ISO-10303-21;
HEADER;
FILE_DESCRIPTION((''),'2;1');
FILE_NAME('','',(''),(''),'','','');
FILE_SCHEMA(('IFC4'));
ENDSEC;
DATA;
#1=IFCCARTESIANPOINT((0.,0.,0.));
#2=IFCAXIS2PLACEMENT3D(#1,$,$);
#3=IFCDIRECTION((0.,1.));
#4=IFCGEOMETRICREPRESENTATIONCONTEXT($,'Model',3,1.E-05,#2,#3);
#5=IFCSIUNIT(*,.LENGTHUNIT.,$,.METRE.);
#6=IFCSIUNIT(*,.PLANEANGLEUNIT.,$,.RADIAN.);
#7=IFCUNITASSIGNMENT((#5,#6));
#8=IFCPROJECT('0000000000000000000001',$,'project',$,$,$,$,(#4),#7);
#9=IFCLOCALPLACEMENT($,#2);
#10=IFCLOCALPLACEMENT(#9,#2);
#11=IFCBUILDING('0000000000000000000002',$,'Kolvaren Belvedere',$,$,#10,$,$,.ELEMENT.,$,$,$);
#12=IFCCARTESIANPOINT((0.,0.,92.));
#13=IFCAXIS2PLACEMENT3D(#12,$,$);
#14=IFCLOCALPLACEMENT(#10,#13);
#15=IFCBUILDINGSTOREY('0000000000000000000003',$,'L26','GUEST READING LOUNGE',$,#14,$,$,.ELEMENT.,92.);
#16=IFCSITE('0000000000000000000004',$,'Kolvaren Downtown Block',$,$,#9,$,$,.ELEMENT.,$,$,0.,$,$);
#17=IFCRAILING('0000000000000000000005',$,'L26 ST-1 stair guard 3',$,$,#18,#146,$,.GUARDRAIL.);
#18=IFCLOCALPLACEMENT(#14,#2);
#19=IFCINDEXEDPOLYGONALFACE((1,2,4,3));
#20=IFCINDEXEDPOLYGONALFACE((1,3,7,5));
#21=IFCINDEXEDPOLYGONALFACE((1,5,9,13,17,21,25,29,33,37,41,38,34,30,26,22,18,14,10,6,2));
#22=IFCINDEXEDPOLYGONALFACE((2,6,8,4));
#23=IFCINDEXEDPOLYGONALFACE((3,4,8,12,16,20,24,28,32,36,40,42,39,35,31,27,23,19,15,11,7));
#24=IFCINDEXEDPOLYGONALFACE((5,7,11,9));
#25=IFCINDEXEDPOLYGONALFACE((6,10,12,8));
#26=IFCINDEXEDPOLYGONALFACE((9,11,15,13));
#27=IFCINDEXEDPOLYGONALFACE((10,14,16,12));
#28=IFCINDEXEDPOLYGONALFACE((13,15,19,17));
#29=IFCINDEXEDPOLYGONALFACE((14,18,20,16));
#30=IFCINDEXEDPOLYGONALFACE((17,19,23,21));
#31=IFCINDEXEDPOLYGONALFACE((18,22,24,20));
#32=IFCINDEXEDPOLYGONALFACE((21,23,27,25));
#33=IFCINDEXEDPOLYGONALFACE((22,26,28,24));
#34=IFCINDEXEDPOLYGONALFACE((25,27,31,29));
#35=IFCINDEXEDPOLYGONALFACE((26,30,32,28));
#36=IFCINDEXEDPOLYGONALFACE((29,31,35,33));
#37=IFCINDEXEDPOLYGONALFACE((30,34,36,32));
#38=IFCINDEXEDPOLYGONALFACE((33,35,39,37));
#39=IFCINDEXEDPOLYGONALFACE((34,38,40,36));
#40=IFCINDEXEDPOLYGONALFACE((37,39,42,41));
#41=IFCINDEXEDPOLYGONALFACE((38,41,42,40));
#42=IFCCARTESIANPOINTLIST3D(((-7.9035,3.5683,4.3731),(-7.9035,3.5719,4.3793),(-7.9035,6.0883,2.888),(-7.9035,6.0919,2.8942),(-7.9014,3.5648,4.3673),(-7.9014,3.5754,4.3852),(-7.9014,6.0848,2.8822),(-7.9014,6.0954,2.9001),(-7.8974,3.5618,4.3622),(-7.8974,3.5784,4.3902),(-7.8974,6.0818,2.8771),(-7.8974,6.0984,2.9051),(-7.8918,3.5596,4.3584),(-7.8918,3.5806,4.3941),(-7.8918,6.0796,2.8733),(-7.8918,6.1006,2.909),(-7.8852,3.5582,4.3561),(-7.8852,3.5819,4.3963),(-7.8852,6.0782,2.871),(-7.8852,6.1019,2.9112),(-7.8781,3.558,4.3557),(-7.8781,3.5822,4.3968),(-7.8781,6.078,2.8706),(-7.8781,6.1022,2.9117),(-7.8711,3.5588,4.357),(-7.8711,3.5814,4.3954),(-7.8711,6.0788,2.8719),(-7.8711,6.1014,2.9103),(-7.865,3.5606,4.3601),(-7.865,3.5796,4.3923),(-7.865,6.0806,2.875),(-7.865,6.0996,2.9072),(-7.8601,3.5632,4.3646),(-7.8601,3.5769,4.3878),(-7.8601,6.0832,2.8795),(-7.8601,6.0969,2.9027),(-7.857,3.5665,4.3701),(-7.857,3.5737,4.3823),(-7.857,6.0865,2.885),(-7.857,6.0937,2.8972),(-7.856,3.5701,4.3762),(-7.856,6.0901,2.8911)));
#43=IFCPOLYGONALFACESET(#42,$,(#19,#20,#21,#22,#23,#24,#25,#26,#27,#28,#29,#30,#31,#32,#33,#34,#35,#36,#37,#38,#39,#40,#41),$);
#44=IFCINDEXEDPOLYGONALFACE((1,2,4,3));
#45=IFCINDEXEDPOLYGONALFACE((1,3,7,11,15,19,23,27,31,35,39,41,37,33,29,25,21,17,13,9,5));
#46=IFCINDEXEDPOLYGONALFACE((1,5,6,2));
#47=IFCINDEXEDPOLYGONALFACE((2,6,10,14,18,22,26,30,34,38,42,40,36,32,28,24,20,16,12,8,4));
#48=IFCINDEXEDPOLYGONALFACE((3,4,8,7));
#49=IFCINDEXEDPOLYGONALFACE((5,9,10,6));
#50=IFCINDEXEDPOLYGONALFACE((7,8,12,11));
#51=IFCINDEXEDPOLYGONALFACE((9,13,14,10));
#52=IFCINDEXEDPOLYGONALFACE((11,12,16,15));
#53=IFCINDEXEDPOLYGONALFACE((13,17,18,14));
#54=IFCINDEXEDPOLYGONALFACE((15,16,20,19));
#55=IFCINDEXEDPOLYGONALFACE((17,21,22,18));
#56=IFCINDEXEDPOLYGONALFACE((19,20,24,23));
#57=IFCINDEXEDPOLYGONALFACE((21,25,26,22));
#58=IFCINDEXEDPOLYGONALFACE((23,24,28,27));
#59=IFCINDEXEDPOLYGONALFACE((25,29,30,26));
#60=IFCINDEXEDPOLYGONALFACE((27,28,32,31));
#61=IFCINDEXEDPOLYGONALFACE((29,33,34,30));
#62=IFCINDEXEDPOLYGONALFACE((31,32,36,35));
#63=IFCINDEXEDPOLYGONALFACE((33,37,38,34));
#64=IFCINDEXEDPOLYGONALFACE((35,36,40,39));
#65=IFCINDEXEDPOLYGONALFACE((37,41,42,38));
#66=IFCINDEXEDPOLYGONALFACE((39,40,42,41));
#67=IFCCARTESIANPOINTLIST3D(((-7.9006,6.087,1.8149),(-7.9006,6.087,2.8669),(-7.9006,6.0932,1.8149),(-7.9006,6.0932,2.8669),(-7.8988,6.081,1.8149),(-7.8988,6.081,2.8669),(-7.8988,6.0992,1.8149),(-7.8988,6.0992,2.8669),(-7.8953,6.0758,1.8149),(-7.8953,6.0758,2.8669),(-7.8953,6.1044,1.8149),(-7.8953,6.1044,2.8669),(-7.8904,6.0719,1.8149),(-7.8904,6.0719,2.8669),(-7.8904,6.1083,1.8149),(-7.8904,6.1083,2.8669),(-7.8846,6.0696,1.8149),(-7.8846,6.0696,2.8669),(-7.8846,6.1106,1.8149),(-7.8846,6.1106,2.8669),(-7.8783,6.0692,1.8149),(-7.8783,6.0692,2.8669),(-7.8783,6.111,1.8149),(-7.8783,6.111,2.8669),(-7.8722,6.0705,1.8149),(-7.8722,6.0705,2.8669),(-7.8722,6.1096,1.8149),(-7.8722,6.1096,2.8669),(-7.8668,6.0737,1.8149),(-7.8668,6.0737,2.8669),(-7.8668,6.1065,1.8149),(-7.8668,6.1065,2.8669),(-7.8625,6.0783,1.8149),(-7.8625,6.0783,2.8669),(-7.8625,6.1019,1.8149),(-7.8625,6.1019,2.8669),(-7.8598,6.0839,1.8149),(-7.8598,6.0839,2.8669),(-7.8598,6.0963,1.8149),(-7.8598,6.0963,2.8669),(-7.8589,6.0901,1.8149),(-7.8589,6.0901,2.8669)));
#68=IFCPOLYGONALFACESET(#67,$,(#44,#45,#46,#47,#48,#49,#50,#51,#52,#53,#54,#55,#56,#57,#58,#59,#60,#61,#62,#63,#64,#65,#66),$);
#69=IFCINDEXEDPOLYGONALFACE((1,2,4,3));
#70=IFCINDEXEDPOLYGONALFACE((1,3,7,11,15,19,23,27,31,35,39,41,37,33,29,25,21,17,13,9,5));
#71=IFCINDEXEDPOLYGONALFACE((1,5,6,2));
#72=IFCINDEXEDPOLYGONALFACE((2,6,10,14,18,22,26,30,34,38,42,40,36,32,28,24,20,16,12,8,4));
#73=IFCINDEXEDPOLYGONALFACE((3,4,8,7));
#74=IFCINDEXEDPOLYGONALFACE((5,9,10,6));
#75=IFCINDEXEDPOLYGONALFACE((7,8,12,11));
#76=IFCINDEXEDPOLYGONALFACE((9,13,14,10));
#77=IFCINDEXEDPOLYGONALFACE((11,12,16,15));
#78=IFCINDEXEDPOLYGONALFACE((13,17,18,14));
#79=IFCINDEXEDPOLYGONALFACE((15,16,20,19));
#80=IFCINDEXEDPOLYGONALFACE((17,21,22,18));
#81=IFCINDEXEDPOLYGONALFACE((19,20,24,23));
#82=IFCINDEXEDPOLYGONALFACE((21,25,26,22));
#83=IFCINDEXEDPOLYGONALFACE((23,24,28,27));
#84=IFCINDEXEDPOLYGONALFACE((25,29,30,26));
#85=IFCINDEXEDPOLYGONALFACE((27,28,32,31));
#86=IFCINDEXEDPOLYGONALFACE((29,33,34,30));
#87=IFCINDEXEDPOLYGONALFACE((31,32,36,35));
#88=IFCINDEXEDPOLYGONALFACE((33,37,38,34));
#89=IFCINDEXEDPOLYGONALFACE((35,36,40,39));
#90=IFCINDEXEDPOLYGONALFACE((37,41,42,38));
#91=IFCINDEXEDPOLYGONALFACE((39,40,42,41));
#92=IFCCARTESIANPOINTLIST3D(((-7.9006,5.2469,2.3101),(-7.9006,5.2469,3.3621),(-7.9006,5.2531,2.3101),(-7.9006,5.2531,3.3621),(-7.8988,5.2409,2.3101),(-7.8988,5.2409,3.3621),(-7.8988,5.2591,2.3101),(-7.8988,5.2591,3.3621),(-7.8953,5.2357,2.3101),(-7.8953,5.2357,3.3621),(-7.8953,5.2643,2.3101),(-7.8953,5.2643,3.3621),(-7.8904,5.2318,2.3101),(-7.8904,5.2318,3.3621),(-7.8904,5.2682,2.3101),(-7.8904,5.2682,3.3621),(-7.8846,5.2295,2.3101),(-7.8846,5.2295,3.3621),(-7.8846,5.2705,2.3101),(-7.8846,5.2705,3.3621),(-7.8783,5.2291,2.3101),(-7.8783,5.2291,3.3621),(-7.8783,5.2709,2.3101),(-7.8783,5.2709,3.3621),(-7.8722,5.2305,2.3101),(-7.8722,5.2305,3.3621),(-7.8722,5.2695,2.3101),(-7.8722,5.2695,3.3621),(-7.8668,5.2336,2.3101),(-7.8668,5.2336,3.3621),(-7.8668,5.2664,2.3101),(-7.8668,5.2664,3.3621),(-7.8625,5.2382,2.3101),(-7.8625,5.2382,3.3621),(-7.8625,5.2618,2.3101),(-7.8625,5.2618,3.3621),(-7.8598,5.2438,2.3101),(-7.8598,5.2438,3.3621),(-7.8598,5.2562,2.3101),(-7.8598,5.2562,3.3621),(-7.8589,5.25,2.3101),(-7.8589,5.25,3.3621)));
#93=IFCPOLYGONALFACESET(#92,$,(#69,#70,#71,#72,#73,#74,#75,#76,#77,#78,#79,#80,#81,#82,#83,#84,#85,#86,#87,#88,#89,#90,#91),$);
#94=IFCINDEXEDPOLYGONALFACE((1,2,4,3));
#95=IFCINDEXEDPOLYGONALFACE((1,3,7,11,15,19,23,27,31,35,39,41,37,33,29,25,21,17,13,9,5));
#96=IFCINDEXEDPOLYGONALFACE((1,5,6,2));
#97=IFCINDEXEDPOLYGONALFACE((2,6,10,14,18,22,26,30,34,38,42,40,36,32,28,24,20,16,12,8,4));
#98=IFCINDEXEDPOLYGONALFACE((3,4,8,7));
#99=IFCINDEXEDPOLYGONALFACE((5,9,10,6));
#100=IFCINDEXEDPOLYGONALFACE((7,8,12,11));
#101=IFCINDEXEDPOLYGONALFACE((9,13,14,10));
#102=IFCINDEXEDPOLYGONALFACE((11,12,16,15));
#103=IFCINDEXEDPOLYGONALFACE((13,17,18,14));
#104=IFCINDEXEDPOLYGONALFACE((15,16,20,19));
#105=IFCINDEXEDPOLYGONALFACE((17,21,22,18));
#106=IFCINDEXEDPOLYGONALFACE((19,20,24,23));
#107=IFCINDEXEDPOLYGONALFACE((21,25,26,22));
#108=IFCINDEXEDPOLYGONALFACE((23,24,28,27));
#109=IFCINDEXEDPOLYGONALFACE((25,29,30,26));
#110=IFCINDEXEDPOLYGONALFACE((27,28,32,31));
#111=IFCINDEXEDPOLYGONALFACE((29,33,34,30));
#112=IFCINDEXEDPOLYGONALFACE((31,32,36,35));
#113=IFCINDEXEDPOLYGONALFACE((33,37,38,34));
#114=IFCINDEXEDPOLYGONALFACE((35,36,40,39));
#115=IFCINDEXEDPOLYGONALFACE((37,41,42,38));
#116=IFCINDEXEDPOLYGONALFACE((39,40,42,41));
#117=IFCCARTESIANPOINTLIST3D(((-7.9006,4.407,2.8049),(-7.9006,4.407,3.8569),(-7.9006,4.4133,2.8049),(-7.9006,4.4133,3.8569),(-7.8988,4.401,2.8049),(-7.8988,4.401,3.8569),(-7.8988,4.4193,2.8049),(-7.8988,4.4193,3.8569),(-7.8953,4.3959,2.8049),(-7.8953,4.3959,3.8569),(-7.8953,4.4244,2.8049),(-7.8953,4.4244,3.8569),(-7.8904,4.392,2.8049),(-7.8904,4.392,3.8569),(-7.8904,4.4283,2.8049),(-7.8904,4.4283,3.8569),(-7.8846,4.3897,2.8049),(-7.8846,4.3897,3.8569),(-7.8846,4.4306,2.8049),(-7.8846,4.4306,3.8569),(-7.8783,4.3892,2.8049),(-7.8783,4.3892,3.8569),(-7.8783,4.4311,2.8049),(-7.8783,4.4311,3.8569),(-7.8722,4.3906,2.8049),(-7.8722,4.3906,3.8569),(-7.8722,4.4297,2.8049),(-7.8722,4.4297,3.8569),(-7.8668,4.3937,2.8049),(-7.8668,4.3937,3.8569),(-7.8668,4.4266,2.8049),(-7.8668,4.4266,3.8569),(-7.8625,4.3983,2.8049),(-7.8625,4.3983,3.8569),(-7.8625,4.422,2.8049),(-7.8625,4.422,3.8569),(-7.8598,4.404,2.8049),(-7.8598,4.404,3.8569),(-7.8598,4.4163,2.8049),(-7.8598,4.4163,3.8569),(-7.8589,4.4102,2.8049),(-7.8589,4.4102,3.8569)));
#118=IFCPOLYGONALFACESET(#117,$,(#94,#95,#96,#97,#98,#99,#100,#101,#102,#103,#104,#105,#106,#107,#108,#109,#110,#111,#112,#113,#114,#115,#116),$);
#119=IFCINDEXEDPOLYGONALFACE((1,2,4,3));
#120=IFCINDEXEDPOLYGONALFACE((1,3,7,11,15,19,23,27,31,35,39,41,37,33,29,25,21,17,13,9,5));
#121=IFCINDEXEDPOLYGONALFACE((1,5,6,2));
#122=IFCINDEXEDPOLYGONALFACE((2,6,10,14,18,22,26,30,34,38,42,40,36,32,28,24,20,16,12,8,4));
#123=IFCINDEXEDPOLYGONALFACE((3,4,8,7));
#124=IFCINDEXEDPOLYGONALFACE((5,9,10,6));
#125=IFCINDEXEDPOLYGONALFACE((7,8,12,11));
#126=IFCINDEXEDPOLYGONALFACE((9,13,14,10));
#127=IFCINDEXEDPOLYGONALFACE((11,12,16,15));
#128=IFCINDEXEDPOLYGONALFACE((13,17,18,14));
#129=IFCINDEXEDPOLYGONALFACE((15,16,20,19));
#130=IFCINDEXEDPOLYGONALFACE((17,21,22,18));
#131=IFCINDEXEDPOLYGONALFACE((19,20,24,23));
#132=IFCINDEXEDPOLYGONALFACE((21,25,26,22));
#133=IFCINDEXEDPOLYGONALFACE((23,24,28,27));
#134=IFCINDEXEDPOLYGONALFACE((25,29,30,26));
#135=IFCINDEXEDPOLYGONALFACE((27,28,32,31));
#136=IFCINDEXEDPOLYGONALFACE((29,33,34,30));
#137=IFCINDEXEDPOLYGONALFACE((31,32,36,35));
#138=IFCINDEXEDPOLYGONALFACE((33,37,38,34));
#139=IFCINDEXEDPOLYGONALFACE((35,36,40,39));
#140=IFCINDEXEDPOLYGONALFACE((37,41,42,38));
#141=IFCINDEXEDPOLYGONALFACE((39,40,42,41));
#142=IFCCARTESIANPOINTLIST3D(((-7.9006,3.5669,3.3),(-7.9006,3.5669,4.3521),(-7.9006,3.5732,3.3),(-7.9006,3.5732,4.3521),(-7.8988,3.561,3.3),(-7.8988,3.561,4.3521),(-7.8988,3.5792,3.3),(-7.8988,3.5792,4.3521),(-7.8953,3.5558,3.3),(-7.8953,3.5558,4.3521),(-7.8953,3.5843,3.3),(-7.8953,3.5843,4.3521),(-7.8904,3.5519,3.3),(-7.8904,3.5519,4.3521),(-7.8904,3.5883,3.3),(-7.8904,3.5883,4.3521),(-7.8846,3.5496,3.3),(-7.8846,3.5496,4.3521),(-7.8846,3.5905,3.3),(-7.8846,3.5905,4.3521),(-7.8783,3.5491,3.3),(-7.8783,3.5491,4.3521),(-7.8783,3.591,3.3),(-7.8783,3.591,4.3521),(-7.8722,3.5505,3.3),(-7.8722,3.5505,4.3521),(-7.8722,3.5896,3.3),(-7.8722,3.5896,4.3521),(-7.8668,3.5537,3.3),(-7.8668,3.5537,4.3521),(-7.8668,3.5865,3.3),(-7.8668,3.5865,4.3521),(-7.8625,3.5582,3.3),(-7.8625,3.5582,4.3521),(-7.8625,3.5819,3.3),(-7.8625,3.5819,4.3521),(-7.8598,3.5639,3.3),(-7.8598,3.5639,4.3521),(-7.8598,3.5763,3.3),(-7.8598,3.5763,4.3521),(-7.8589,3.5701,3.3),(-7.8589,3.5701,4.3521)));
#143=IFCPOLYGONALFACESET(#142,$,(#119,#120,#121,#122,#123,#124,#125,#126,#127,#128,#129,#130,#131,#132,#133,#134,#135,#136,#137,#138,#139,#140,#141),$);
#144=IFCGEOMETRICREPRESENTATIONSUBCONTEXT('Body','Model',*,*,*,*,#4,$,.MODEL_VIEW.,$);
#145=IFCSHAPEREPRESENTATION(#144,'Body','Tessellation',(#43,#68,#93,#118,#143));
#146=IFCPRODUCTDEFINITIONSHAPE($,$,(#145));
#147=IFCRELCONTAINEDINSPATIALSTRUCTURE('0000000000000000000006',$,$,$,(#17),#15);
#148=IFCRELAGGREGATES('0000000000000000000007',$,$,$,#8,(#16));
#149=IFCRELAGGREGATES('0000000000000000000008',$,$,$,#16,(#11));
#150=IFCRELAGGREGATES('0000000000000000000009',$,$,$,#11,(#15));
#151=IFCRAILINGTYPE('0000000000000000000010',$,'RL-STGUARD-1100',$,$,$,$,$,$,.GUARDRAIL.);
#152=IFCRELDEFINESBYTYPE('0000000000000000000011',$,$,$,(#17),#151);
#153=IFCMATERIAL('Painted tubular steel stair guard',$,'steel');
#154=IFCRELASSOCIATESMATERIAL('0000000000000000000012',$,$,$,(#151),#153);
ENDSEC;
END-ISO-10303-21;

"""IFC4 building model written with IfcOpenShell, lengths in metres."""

from ifc_helpers import new_model, si_unit, direction, frame, origin, origin_2d, place, context, subcontext, project, spatial, circle, extrude, material, type_object, element, save


model = new_model("IFC4")

# Units and contexts
model_context = context("Model", 3, precision=1e-05, world=origin(), true_north=direction((0.0, 1.0)))
body_context = subcontext(model_context, "Body", "Model", "MODEL_VIEW")
ifc_project = project(units=[si_unit("LENGTHUNIT", "METRE"), si_unit("PLANEANGLEUNIT", "RADIAN")], contexts=[model_context])

# Site, building, storey
site_placement = place(None, origin())
site = spatial("IfcSite", under=ifc_project, at=site_placement, Name="Kolvaren Downtown Block", CompositionType="ELEMENT", RefElevation=0.0)
building_placement = place(site_placement, origin())
building = spatial("IfcBuilding", under=site, at=building_placement, Name="Kolvaren Belvedere", CompositionType="ELEMENT")
storey_placement = place(building_placement, frame((0.0, 0.0, 92.0)))
storey = spatial("IfcBuildingStorey", under=building, at=storey_placement, Name="L26", Description="GUEST READING LOUNGE", CompositionType="ELEMENT", Elevation=92.0)

# Railing
ifc_material_1 = material(Name="Painted tubular steel stair guard", Category="steel")
railing_type_1 = type_object("IfcRailingType", Name="RL-STGUARD-1100", PredefinedType="GUARDRAIL", material=ifc_material_1)
railing_1_placement = place(storey_placement, frame((-7.8799, 6.0901, 1.8149)))
element("IfcRailing", 1, at=railing_1_placement, inside=storey, type_object=railing_type_1, Name="L26 ST-1 stair guard 3", PredefinedType="GUARDRAIL", context=body_context, shape_type="SweptSolid", body=[
    extrude(circle(Radius=0.0239, at=origin_2d()), frame((0.0, 0.0, 1.0762), z_axis=(0.0, -0.861524, 0.507717), x_axis=(1.0, 0.0, 0.0)), (0.0, 0.0, 1.0), 2.925),
    extrude(circle(Radius=0.021, at=origin_2d()), origin(), (0.0, 0.0, 1.0), 1.052),
    extrude(circle(Radius=0.021, at=origin_2d()), frame((0.0, -0.8401, 0.4951)), (0.0, 0.0, 1.0), 1.052),
    extrude(circle(Radius=0.021, at=origin_2d()), frame((0.0, -1.6799, 0.99)), (0.0, 0.0, 1.0), 1.052),
    extrude(circle(Radius=0.021, at=origin_2d()), frame((0.0, -2.52, 1.4851)), (0.0, 0.0, 1.0), 1.052),
])

save(model, "model.ifc")
